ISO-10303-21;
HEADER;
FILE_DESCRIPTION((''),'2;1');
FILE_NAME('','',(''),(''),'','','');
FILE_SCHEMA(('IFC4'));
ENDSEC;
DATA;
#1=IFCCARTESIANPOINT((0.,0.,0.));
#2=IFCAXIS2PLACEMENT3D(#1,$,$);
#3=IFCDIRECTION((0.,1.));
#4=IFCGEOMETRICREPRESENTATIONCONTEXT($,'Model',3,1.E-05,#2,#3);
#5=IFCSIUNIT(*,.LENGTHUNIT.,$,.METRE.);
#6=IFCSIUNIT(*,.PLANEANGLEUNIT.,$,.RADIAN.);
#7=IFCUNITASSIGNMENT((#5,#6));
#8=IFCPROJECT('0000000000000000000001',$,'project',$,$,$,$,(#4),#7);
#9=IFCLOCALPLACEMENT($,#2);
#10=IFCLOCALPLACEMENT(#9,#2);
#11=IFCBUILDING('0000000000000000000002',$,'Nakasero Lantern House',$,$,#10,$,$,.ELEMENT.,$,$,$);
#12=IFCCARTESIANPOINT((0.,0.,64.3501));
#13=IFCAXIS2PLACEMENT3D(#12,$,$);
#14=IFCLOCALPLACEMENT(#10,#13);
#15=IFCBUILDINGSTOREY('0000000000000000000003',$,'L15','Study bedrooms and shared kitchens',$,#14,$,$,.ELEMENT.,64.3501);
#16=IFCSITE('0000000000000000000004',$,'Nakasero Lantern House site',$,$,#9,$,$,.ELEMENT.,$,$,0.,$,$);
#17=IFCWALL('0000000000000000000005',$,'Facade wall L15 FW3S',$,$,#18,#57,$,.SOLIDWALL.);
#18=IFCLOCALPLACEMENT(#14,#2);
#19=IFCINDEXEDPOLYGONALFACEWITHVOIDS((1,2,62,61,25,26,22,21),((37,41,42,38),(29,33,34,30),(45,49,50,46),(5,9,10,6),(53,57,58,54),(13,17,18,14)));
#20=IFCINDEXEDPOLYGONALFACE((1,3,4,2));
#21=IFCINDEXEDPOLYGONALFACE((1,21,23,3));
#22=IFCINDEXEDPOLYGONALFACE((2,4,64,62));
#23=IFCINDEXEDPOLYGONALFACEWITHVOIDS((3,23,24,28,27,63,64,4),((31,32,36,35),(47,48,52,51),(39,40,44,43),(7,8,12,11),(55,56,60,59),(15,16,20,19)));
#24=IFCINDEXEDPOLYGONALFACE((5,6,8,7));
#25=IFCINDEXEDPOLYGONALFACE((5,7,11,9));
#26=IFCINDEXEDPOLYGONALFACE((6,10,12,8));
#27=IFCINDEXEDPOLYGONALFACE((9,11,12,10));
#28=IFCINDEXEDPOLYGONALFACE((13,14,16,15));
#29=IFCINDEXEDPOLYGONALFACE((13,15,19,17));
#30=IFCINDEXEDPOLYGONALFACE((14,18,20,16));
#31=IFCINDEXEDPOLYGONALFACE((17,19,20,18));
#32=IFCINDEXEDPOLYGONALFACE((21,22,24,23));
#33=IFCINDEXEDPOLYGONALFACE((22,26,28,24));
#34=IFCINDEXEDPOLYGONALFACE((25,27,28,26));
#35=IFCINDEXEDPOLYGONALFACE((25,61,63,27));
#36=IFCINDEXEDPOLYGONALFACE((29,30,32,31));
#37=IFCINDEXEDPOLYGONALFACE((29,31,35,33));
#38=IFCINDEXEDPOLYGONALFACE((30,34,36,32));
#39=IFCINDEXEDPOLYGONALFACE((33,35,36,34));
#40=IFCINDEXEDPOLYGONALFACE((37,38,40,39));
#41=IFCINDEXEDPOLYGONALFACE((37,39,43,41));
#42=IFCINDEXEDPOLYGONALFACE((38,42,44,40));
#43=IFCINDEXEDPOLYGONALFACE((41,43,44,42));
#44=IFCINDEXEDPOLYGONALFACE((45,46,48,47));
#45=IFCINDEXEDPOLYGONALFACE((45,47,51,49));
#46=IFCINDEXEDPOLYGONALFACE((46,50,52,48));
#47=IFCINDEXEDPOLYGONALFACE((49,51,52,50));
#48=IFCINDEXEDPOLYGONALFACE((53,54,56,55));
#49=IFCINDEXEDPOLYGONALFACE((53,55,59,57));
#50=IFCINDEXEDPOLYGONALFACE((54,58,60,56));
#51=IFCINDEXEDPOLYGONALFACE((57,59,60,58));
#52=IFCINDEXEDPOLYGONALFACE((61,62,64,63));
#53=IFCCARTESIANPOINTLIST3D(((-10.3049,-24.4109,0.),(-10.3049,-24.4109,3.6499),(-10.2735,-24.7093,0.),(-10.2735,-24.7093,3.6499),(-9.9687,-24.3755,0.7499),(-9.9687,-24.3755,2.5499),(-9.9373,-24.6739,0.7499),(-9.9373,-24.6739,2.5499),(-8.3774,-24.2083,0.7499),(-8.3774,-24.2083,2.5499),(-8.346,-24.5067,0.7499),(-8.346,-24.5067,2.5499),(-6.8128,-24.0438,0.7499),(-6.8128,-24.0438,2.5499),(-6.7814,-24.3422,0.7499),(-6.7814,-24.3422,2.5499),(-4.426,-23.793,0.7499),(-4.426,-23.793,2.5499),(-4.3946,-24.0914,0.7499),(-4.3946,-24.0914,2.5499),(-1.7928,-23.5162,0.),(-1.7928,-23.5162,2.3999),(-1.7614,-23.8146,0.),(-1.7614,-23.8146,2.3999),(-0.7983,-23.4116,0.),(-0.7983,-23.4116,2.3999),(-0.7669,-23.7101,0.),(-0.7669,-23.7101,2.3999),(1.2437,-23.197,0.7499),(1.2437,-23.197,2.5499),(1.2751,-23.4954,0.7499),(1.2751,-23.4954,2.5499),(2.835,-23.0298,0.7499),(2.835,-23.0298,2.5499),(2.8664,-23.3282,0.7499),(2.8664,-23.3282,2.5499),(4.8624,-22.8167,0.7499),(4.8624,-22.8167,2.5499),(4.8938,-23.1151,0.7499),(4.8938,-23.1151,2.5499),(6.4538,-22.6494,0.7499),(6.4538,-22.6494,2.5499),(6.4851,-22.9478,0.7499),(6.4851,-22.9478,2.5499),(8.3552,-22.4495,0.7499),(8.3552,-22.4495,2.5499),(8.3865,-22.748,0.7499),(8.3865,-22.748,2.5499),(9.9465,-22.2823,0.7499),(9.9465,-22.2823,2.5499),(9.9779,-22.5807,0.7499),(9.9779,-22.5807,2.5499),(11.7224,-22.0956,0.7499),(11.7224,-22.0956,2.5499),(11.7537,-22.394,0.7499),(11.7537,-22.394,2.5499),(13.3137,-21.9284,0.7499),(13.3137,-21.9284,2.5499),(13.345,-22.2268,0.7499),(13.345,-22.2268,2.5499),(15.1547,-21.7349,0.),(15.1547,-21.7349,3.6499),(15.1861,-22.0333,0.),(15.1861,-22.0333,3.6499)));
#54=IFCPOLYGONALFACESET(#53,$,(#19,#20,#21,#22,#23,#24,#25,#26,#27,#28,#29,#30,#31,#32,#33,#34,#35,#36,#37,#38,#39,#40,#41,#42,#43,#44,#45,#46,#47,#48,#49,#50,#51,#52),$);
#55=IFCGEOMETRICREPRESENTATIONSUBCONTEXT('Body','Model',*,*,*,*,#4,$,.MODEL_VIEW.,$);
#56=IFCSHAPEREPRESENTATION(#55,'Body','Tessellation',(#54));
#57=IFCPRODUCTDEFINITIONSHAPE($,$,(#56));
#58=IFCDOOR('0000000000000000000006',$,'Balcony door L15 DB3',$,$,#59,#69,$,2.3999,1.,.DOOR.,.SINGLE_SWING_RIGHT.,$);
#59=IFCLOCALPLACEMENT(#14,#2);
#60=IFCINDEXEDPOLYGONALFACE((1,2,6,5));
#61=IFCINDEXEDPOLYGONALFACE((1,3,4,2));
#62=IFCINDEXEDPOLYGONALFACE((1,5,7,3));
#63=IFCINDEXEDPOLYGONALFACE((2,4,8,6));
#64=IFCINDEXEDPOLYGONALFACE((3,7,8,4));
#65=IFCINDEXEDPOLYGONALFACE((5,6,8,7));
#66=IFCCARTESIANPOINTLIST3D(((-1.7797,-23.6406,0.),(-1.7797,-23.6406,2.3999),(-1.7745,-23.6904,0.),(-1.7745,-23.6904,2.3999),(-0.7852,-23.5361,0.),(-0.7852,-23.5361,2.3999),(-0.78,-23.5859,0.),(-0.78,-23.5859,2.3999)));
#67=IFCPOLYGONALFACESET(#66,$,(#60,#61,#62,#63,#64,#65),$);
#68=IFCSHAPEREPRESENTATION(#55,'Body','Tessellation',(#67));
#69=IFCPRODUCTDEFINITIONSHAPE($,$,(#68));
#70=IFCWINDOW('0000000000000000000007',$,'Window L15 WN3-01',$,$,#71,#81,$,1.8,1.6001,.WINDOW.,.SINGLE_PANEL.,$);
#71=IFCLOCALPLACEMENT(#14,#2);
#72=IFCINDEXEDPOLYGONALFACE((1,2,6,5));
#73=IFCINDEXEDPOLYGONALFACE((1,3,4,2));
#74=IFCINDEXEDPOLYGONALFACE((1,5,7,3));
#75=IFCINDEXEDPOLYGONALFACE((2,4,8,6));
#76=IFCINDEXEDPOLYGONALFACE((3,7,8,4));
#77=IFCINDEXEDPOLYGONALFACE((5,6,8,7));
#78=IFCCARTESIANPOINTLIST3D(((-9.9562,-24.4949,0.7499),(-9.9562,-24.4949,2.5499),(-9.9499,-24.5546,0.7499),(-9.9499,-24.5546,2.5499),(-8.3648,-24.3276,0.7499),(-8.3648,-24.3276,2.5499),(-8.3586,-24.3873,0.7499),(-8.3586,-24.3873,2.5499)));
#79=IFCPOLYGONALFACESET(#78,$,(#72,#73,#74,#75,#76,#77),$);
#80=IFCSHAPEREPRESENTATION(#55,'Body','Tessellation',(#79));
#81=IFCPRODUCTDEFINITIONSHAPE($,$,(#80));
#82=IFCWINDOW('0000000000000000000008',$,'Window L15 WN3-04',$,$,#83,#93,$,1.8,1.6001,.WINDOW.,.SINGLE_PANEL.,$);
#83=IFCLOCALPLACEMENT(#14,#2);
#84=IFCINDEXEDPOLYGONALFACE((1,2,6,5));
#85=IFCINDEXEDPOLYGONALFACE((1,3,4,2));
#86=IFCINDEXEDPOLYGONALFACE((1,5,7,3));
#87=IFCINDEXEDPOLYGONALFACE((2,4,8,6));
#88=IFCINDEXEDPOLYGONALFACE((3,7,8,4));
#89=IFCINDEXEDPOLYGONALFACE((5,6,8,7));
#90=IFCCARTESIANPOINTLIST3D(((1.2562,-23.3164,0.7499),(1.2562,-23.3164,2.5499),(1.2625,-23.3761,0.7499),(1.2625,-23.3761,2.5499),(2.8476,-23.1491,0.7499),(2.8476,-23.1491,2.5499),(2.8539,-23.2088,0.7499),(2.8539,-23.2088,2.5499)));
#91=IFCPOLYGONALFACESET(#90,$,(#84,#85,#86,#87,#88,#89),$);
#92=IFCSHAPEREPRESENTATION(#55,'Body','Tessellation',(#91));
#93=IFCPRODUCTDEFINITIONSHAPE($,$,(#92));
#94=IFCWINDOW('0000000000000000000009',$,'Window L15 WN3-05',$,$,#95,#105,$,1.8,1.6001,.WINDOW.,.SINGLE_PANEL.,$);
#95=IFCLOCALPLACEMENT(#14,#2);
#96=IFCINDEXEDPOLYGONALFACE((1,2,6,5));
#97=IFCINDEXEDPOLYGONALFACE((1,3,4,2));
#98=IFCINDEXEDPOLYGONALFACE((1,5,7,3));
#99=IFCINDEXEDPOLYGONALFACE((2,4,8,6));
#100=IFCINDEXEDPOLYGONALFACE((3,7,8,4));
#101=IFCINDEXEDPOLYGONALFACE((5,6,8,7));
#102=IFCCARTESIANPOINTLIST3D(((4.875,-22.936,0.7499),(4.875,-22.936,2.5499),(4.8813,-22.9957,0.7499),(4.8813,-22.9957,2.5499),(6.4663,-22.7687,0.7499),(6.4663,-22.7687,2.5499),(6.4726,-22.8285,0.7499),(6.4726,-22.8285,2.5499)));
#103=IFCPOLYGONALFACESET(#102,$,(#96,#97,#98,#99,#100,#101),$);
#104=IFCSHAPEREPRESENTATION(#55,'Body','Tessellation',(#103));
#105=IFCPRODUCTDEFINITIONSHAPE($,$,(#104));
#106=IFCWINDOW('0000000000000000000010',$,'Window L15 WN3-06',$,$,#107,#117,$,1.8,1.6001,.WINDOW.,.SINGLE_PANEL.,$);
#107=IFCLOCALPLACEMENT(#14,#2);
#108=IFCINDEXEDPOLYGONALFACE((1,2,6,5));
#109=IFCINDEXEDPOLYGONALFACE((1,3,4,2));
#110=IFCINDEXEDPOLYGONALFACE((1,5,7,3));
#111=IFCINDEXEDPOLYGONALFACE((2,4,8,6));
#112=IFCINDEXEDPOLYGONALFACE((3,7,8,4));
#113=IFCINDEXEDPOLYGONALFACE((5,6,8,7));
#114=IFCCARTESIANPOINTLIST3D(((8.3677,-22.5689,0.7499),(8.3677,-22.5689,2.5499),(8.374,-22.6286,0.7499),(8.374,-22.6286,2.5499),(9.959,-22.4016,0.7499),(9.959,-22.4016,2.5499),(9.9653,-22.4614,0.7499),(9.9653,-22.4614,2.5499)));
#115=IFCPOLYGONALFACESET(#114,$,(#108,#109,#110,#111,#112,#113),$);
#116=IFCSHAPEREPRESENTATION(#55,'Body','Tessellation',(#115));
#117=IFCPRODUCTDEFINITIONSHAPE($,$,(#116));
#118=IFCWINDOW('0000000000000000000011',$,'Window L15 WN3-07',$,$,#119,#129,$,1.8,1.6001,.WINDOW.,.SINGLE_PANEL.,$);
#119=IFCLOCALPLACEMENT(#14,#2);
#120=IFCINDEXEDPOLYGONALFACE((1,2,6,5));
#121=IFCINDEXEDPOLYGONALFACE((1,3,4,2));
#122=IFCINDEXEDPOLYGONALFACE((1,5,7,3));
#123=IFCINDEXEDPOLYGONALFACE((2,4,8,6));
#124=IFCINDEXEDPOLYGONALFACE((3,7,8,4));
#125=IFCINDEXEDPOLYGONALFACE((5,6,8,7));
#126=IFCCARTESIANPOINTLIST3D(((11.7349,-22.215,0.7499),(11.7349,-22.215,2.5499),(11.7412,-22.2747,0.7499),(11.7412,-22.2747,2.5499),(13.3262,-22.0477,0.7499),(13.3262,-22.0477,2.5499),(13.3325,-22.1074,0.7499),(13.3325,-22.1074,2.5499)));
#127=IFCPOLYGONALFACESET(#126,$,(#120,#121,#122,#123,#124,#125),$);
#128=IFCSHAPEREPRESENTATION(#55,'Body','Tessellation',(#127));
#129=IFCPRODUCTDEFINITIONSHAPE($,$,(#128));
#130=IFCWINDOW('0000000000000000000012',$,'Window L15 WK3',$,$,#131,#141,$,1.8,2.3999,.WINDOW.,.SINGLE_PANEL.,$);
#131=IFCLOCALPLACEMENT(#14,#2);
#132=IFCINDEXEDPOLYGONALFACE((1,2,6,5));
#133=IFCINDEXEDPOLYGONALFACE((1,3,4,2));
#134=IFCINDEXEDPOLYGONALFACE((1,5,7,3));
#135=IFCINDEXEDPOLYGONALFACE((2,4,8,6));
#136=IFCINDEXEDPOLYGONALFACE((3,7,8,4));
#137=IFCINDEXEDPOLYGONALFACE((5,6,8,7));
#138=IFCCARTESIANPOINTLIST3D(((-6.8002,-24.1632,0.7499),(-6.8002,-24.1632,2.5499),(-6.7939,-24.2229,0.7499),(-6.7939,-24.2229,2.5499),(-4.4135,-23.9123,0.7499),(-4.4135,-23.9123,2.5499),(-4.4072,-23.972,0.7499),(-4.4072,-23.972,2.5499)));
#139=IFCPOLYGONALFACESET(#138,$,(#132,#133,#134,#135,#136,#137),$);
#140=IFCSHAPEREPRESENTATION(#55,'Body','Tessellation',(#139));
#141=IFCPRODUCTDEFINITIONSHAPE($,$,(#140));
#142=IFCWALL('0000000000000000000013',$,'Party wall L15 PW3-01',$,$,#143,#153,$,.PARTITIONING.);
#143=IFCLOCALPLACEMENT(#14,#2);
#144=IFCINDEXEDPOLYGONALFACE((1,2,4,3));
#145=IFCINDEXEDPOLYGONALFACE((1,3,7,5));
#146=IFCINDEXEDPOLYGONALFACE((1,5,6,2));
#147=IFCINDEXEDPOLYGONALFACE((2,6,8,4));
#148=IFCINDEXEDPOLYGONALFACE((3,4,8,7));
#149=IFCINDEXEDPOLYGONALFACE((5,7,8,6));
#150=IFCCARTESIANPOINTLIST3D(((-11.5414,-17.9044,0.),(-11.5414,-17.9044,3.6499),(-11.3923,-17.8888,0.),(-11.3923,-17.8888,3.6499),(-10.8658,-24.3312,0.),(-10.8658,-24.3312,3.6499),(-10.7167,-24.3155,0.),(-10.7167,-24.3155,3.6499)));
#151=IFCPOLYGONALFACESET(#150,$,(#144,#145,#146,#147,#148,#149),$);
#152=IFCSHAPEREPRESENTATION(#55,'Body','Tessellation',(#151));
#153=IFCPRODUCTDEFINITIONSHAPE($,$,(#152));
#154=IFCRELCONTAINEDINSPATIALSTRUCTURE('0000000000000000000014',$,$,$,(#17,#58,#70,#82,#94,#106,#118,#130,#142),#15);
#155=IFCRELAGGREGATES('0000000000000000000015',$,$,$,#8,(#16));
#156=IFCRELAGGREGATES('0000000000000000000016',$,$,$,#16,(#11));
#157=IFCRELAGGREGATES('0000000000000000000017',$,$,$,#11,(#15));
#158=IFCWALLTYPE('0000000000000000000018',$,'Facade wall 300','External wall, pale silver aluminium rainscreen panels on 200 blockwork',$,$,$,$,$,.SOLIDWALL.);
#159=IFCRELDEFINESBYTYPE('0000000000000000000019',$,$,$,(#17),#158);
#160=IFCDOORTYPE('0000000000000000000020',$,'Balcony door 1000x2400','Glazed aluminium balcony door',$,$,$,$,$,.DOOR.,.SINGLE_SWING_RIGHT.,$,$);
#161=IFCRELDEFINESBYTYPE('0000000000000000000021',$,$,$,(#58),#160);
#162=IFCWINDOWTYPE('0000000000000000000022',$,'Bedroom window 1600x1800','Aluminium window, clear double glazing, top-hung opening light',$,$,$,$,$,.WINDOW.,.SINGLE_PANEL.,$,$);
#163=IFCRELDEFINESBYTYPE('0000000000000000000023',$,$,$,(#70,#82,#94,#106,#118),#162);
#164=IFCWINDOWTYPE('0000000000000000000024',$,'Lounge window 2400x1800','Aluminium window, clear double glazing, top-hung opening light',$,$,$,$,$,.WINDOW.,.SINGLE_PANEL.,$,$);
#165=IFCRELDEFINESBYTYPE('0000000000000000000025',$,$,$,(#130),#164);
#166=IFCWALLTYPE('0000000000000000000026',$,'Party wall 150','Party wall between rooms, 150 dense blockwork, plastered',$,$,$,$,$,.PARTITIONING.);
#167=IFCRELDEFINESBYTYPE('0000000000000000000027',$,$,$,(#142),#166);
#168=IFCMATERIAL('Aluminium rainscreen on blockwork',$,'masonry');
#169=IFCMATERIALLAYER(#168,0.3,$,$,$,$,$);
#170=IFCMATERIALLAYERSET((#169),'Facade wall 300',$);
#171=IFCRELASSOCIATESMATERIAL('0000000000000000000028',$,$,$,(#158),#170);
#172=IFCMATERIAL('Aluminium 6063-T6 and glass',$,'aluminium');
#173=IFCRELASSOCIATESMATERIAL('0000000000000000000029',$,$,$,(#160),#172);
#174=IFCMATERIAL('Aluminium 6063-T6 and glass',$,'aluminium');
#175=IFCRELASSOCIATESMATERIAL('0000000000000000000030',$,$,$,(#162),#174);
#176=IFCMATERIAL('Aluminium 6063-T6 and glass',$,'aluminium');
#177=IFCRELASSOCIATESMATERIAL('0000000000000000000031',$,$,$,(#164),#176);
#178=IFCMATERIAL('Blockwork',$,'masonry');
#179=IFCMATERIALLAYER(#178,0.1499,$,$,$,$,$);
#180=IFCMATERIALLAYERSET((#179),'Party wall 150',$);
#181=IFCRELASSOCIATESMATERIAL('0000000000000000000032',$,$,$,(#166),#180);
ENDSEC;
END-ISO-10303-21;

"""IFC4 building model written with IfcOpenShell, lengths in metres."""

from ifc_helpers import new_model, si_unit, direction, frame, frame_2d, origin, place, context, subcontext, project, spatial, rectangle, extrude, material, layer, layer_set, type_object, element, fill, save


model = new_model("IFC4")

# Units and contexts
model_context = context("Model", 3, precision=1e-05, world=origin(), true_north=direction((0.0, 1.0)))
body_context = subcontext(model_context, "Body", "Model", "MODEL_VIEW")
ifc_project = project(units=[si_unit("LENGTHUNIT", "METRE"), si_unit("PLANEANGLEUNIT", "RADIAN")], contexts=[model_context])

# Site, building, storey
site_placement = place(None, origin())
site = spatial("IfcSite", under=ifc_project, at=site_placement, Name="Nakasero Lantern House site", CompositionType="ELEMENT", RefElevation=0.0)
building_placement = place(site_placement, origin())
building = spatial("IfcBuilding", under=site, at=building_placement, Name="Nakasero Lantern House", CompositionType="ELEMENT")
storey_placement = place(building_placement, frame((0.0, 0.0, 64.3501)))
storey = spatial("IfcBuildingStorey", under=building, at=storey_placement, Name="L15", Description="Study bedrooms and shared kitchens", CompositionType="ELEMENT", Elevation=64.3501)

# Wall, openings, door, windows
ifc_material_1 = material(Name="Aluminium rainscreen on blockwork", Category="masonry")
ifc_layer_1 = layer(ifc_material_1, 0.3)
ifc_layer_set_1 = layer_set([ifc_layer_1], Name="Facade wall 300")
wall_type_1 = type_object("IfcWallType", Name="Facade wall 300", Description="External wall, pale silver aluminium rainscreen panels on 200 blockwork", PredefinedType="SOLIDWALL", material=ifc_layer_set_1)
wall_1_placement = place(storey_placement, frame((-10.2891, -24.5601, 0.0), z_axis=(0.0, 0.0, 1.0), x_axis=(0.994521, 0.104532, 0.0)))
wall_1 = element("IfcWall", 1, at=wall_1_placement, inside=storey, type_object=wall_type_1, Name="Facade wall L15 FW3S", PredefinedType="SOLIDWALL", context=body_context, shape_type="SweptSolid", body=[
    extrude(rectangle(XDim=25.5999, YDim=0.3, at=frame_2d((12.7998, 0.0))), origin(), (0.0, 0.0, 1.0), 3.6499),
])
opening_1_placement = place(wall_1_placement, frame((0.3379, 0.0, 0.75)))
opening_1 = element("IfcOpeningElement", 2, at=opening_1_placement, cuts=wall_1, PredefinedType="OPENING", context=body_context, shape_type="SweptSolid", body=[
    extrude(rectangle(XDim=1.6001, YDim=1.8, at=frame_2d((0.8, 0.8999))), frame((0.0, 0.1699, 0.0), z_axis=(0.0, -1.0, 0.0), x_axis=(1.0, 0.0, 0.0)), (0.0, 0.0, 1.0), 0.3401),
])
opening_2_placement = place(wall_1_placement, frame((11.6121, 0.0, 0.75)))
opening_2 = element("IfcOpeningElement", 3, at=opening_2_placement, cuts=wall_1, PredefinedType="OPENING", context=body_context, shape_type="SweptSolid", body=[
    extrude(rectangle(XDim=1.6001, YDim=1.8, at=frame_2d((0.8, 0.8999))), frame((0.0, 0.1699, 0.0), z_axis=(0.0, -1.0, 0.0), x_axis=(1.0, 0.0, 0.0)), (0.0, 0.0, 1.0), 0.3401),
])
opening_3_placement = place(wall_1_placement, frame((15.2507, 0.0, 0.75)))
opening_3 = element("IfcOpeningElement", 4, at=opening_3_placement, cuts=wall_1, PredefinedType="OPENING", context=body_context, shape_type="SweptSolid", body=[
    extrude(rectangle(XDim=1.6001, YDim=1.8, at=frame_2d((0.8, 0.8999))), frame((0.0, 0.1699, 0.0), z_axis=(0.0, -1.0, 0.0), x_axis=(1.0, 0.0, 0.0)), (0.0, 0.0, 1.0), 0.3401),
])
opening_4_placement = place(wall_1_placement, frame((18.7627, 0.0, 0.75)))
opening_4 = element("IfcOpeningElement", 5, at=opening_4_placement, cuts=wall_1, PredefinedType="OPENING", context=body_context, shape_type="SweptSolid", body=[
    extrude(rectangle(XDim=1.6001, YDim=1.8, at=frame_2d((0.8, 0.8999))), frame((0.0, 0.1699, 0.0), z_axis=(0.0, -1.0, 0.0), x_axis=(1.0, 0.0, 0.0)), (0.0, 0.0, 1.0), 0.3401),
])
opening_5_placement = place(wall_1_placement, frame((22.1484, 0.0, 0.75)))
opening_5 = element("IfcOpeningElement", 6, at=opening_5_placement, cuts=wall_1, PredefinedType="OPENING", context=body_context, shape_type="SweptSolid", body=[
    extrude(rectangle(XDim=1.6001, YDim=1.8, at=frame_2d((0.8, 0.8999))), frame((0.0, 0.1699, 0.0), z_axis=(0.0, -1.0, 0.0), x_axis=(1.0, 0.0, 0.0)), (0.0, 0.0, 1.0), 0.3401),
])
opening_6_placement = place(wall_1_placement, frame((3.5112, 0.0, 0.75)))
opening_6 = element("IfcOpeningElement", 7, at=opening_6_placement, cuts=wall_1, PredefinedType="OPENING", context=body_context, shape_type="SweptSolid", body=[
    extrude(rectangle(XDim=2.3999, YDim=1.8, at=frame_2d((1.2, 0.8999))), frame((0.0, 0.1699, 0.0), z_axis=(0.0, -1.0, 0.0), x_axis=(1.0, 0.0, 0.0)), (0.0, 0.0, 1.0), 0.3401),
])
opening_7_placement = place(wall_1_placement, frame((8.5588, 0.0, 0.0)))
opening_7 = element("IfcOpeningElement", 8, at=opening_7_placement, cuts=wall_1, PredefinedType="OPENING", context=body_context, shape_type="SweptSolid", body=[
    extrude(rectangle(XDim=1.0, YDim=2.3999, at=frame_2d((0.5, 1.2))), frame((0.0, 0.1699, 0.0), z_axis=(0.0, -1.0, 0.0), x_axis=(1.0, 0.0, 0.0)), (0.0, 0.0, 1.0), 0.3401),
])
ifc_material_2 = material(Name="Aluminium 6063-T6 and glass", Category="aluminium")
door_type_1 = type_object("IfcDoorType", Name="Balcony door 1000x2400", Description="Glazed aluminium balcony door", OperationType="SINGLE_SWING_RIGHT", PredefinedType="DOOR", material=ifc_material_2)
door_1_placement = place(opening_7_placement, origin())
door_1 = element("IfcDoor", 9, at=door_1_placement, inside=storey, type_object=door_type_1, Name="Balcony door L15 DB3", OperationType="SINGLE_SWING_RIGHT", OverallHeight=2.3999, OverallWidth=1.0, PredefinedType="DOOR", context=body_context, shape_type="SweptSolid", body=[
    extrude(rectangle(XDim=1.0, YDim=2.3999, at=frame_2d((0.5, 1.2))), frame((0.0, 0.0249, 0.0), z_axis=(0.0, -1.0, 0.0), x_axis=(1.0, 0.0, 0.0)), (0.0, 0.0, 1.0), 0.05),
])
fill(opening_7, door_1)
ifc_material_3 = material(Name="Aluminium 6063-T6 and glass", Category="aluminium")
window_type_1 = type_object("IfcWindowType", Name="Bedroom window 1600x1800", Description="Aluminium window, clear double glazing, top-hung opening light", PartitioningType="SINGLE_PANEL", PredefinedType="WINDOW", material=ifc_material_3)
window_1_placement = place(opening_1_placement, origin())
window_1 = element("IfcWindow", 10, at=window_1_placement, inside=storey, type_object=window_type_1, Name="Window L15 WN3-01", OverallHeight=1.8, OverallWidth=1.6001, PartitioningType="SINGLE_PANEL", PredefinedType="WINDOW", context=body_context, shape_type="SweptSolid", body=[
    extrude(rectangle(XDim=1.6001, YDim=1.8, at=frame_2d((0.8, 0.8999))), frame((0.0, 0.03, 0.0), z_axis=(0.0, -1.0, 0.0), x_axis=(1.0, 0.0, 0.0)), (0.0, 0.0, 1.0), 0.0601),
])
fill(opening_1, window_1)
window_2_placement = place(opening_2_placement, origin())
window_2 = element("IfcWindow", 11, at=window_2_placement, inside=storey, type_object=window_type_1, Name="Window L15 WN3-04", OverallHeight=1.8, OverallWidth=1.6001, PartitioningType="SINGLE_PANEL", PredefinedType="WINDOW", context=body_context, shape_type="SweptSolid", body=[
    extrude(rectangle(XDim=1.6001, YDim=1.8, at=frame_2d((0.8, 0.8999))), frame((0.0, 0.03, 0.0), z_axis=(0.0, -1.0, 0.0), x_axis=(1.0, 0.0, 0.0)), (0.0, 0.0, 1.0), 0.0601),
])
fill(opening_2, window_2)
window_3_placement = place(opening_3_placement, origin())
window_3 = element("IfcWindow", 12, at=window_3_placement, inside=storey, type_object=window_type_1, Name="Window L15 WN3-05", OverallHeight=1.8, OverallWidth=1.6001, PartitioningType="SINGLE_PANEL", PredefinedType="WINDOW", context=body_context, shape_type="SweptSolid", body=[
    extrude(rectangle(XDim=1.6001, YDim=1.8, at=frame_2d((0.8, 0.8999))), frame((0.0, 0.03, 0.0), z_axis=(0.0, -1.0, 0.0), x_axis=(1.0, 0.0, 0.0)), (0.0, 0.0, 1.0), 0.0601),
])
fill(opening_3, window_3)
window_4_placement = place(opening_4_placement, origin())
window_4 = element("IfcWindow", 13, at=window_4_placement, inside=storey, type_object=window_type_1, Name="Window L15 WN3-06", OverallHeight=1.8, OverallWidth=1.6001, PartitioningType="SINGLE_PANEL", PredefinedType="WINDOW", context=body_context, shape_type="SweptSolid", body=[
    extrude(rectangle(XDim=1.6001, YDim=1.8, at=frame_2d((0.8, 0.8999))), frame((0.0, 0.03, 0.0), z_axis=(0.0, -1.0, 0.0), x_axis=(1.0, 0.0, 0.0)), (0.0, 0.0, 1.0), 0.0601),
])
fill(opening_4, window_4)
window_5_placement = place(opening_5_placement, origin())
window_5 = element("IfcWindow", 14, at=window_5_placement, inside=storey, type_object=window_type_1, Name="Window L15 WN3-07", OverallHeight=1.8, OverallWidth=1.6001, PartitioningType="SINGLE_PANEL", PredefinedType="WINDOW", context=body_context, shape_type="SweptSolid", body=[
    extrude(rectangle(XDim=1.6001, YDim=1.8, at=frame_2d((0.8, 0.8999))), frame((0.0, 0.03, 0.0), z_axis=(0.0, -1.0, 0.0), x_axis=(1.0, 0.0, 0.0)), (0.0, 0.0, 1.0), 0.0601),
])
fill(opening_5, window_5)
ifc_material_4 = material(Name="Aluminium 6063-T6 and glass", Category="aluminium")
window_type_2 = type_object("IfcWindowType", Name="Lounge window 2400x1800", Description="Aluminium window, clear double glazing, top-hung opening light", PartitioningType="SINGLE_PANEL", PredefinedType="WINDOW", material=ifc_material_4)
window_6_placement = place(opening_6_placement, origin())
window_6 = element("IfcWindow", 15, at=window_6_placement, inside=storey, type_object=window_type_2, Name="Window L15 WK3", OverallHeight=1.8, OverallWidth=2.3999, PartitioningType="SINGLE_PANEL", PredefinedType="WINDOW", context=body_context, shape_type="SweptSolid", body=[
    extrude(rectangle(XDim=2.3999, YDim=1.8, at=frame_2d((1.2, 0.8999))), frame((0.0, 0.03, 0.0), z_axis=(0.0, -1.0, 0.0), x_axis=(1.0, 0.0, 0.0)), (0.0, 0.0, 1.0), 0.0601),
])
fill(opening_6, window_6)

# Wall
ifc_material_5 = material(Name="Blockwork", Category="masonry")
ifc_layer_2 = layer(ifc_material_5, 0.1499)
ifc_layer_set_2 = layer_set([ifc_layer_2], Name="Party wall 150")
wall_type_2 = type_object("IfcWallType", Name="Party wall 150", Description="Party wall between rooms, 150 dense blockwork, plastered", PredefinedType="PARTITIONING", material=ifc_layer_set_2)
wall_2_placement = place(storey_placement, frame((-11.4668, -17.8967, 0.0), z_axis=(0.0, 0.0, 1.0), x_axis=(0.104537, -0.994521, 0.0)))
element("IfcWall", 16, at=wall_2_placement, inside=storey, type_object=wall_type_2, Name="Party wall L15 PW3-01", PredefinedType="PARTITIONING", context=body_context, shape_type="SweptSolid", body=[
    extrude(rectangle(XDim=6.4622, YDim=0.1499, at=frame_2d((3.231, 0.0))), origin(), (0.0, 0.0, 1.0), 3.6499),
])

save(model, "model.ifc")
